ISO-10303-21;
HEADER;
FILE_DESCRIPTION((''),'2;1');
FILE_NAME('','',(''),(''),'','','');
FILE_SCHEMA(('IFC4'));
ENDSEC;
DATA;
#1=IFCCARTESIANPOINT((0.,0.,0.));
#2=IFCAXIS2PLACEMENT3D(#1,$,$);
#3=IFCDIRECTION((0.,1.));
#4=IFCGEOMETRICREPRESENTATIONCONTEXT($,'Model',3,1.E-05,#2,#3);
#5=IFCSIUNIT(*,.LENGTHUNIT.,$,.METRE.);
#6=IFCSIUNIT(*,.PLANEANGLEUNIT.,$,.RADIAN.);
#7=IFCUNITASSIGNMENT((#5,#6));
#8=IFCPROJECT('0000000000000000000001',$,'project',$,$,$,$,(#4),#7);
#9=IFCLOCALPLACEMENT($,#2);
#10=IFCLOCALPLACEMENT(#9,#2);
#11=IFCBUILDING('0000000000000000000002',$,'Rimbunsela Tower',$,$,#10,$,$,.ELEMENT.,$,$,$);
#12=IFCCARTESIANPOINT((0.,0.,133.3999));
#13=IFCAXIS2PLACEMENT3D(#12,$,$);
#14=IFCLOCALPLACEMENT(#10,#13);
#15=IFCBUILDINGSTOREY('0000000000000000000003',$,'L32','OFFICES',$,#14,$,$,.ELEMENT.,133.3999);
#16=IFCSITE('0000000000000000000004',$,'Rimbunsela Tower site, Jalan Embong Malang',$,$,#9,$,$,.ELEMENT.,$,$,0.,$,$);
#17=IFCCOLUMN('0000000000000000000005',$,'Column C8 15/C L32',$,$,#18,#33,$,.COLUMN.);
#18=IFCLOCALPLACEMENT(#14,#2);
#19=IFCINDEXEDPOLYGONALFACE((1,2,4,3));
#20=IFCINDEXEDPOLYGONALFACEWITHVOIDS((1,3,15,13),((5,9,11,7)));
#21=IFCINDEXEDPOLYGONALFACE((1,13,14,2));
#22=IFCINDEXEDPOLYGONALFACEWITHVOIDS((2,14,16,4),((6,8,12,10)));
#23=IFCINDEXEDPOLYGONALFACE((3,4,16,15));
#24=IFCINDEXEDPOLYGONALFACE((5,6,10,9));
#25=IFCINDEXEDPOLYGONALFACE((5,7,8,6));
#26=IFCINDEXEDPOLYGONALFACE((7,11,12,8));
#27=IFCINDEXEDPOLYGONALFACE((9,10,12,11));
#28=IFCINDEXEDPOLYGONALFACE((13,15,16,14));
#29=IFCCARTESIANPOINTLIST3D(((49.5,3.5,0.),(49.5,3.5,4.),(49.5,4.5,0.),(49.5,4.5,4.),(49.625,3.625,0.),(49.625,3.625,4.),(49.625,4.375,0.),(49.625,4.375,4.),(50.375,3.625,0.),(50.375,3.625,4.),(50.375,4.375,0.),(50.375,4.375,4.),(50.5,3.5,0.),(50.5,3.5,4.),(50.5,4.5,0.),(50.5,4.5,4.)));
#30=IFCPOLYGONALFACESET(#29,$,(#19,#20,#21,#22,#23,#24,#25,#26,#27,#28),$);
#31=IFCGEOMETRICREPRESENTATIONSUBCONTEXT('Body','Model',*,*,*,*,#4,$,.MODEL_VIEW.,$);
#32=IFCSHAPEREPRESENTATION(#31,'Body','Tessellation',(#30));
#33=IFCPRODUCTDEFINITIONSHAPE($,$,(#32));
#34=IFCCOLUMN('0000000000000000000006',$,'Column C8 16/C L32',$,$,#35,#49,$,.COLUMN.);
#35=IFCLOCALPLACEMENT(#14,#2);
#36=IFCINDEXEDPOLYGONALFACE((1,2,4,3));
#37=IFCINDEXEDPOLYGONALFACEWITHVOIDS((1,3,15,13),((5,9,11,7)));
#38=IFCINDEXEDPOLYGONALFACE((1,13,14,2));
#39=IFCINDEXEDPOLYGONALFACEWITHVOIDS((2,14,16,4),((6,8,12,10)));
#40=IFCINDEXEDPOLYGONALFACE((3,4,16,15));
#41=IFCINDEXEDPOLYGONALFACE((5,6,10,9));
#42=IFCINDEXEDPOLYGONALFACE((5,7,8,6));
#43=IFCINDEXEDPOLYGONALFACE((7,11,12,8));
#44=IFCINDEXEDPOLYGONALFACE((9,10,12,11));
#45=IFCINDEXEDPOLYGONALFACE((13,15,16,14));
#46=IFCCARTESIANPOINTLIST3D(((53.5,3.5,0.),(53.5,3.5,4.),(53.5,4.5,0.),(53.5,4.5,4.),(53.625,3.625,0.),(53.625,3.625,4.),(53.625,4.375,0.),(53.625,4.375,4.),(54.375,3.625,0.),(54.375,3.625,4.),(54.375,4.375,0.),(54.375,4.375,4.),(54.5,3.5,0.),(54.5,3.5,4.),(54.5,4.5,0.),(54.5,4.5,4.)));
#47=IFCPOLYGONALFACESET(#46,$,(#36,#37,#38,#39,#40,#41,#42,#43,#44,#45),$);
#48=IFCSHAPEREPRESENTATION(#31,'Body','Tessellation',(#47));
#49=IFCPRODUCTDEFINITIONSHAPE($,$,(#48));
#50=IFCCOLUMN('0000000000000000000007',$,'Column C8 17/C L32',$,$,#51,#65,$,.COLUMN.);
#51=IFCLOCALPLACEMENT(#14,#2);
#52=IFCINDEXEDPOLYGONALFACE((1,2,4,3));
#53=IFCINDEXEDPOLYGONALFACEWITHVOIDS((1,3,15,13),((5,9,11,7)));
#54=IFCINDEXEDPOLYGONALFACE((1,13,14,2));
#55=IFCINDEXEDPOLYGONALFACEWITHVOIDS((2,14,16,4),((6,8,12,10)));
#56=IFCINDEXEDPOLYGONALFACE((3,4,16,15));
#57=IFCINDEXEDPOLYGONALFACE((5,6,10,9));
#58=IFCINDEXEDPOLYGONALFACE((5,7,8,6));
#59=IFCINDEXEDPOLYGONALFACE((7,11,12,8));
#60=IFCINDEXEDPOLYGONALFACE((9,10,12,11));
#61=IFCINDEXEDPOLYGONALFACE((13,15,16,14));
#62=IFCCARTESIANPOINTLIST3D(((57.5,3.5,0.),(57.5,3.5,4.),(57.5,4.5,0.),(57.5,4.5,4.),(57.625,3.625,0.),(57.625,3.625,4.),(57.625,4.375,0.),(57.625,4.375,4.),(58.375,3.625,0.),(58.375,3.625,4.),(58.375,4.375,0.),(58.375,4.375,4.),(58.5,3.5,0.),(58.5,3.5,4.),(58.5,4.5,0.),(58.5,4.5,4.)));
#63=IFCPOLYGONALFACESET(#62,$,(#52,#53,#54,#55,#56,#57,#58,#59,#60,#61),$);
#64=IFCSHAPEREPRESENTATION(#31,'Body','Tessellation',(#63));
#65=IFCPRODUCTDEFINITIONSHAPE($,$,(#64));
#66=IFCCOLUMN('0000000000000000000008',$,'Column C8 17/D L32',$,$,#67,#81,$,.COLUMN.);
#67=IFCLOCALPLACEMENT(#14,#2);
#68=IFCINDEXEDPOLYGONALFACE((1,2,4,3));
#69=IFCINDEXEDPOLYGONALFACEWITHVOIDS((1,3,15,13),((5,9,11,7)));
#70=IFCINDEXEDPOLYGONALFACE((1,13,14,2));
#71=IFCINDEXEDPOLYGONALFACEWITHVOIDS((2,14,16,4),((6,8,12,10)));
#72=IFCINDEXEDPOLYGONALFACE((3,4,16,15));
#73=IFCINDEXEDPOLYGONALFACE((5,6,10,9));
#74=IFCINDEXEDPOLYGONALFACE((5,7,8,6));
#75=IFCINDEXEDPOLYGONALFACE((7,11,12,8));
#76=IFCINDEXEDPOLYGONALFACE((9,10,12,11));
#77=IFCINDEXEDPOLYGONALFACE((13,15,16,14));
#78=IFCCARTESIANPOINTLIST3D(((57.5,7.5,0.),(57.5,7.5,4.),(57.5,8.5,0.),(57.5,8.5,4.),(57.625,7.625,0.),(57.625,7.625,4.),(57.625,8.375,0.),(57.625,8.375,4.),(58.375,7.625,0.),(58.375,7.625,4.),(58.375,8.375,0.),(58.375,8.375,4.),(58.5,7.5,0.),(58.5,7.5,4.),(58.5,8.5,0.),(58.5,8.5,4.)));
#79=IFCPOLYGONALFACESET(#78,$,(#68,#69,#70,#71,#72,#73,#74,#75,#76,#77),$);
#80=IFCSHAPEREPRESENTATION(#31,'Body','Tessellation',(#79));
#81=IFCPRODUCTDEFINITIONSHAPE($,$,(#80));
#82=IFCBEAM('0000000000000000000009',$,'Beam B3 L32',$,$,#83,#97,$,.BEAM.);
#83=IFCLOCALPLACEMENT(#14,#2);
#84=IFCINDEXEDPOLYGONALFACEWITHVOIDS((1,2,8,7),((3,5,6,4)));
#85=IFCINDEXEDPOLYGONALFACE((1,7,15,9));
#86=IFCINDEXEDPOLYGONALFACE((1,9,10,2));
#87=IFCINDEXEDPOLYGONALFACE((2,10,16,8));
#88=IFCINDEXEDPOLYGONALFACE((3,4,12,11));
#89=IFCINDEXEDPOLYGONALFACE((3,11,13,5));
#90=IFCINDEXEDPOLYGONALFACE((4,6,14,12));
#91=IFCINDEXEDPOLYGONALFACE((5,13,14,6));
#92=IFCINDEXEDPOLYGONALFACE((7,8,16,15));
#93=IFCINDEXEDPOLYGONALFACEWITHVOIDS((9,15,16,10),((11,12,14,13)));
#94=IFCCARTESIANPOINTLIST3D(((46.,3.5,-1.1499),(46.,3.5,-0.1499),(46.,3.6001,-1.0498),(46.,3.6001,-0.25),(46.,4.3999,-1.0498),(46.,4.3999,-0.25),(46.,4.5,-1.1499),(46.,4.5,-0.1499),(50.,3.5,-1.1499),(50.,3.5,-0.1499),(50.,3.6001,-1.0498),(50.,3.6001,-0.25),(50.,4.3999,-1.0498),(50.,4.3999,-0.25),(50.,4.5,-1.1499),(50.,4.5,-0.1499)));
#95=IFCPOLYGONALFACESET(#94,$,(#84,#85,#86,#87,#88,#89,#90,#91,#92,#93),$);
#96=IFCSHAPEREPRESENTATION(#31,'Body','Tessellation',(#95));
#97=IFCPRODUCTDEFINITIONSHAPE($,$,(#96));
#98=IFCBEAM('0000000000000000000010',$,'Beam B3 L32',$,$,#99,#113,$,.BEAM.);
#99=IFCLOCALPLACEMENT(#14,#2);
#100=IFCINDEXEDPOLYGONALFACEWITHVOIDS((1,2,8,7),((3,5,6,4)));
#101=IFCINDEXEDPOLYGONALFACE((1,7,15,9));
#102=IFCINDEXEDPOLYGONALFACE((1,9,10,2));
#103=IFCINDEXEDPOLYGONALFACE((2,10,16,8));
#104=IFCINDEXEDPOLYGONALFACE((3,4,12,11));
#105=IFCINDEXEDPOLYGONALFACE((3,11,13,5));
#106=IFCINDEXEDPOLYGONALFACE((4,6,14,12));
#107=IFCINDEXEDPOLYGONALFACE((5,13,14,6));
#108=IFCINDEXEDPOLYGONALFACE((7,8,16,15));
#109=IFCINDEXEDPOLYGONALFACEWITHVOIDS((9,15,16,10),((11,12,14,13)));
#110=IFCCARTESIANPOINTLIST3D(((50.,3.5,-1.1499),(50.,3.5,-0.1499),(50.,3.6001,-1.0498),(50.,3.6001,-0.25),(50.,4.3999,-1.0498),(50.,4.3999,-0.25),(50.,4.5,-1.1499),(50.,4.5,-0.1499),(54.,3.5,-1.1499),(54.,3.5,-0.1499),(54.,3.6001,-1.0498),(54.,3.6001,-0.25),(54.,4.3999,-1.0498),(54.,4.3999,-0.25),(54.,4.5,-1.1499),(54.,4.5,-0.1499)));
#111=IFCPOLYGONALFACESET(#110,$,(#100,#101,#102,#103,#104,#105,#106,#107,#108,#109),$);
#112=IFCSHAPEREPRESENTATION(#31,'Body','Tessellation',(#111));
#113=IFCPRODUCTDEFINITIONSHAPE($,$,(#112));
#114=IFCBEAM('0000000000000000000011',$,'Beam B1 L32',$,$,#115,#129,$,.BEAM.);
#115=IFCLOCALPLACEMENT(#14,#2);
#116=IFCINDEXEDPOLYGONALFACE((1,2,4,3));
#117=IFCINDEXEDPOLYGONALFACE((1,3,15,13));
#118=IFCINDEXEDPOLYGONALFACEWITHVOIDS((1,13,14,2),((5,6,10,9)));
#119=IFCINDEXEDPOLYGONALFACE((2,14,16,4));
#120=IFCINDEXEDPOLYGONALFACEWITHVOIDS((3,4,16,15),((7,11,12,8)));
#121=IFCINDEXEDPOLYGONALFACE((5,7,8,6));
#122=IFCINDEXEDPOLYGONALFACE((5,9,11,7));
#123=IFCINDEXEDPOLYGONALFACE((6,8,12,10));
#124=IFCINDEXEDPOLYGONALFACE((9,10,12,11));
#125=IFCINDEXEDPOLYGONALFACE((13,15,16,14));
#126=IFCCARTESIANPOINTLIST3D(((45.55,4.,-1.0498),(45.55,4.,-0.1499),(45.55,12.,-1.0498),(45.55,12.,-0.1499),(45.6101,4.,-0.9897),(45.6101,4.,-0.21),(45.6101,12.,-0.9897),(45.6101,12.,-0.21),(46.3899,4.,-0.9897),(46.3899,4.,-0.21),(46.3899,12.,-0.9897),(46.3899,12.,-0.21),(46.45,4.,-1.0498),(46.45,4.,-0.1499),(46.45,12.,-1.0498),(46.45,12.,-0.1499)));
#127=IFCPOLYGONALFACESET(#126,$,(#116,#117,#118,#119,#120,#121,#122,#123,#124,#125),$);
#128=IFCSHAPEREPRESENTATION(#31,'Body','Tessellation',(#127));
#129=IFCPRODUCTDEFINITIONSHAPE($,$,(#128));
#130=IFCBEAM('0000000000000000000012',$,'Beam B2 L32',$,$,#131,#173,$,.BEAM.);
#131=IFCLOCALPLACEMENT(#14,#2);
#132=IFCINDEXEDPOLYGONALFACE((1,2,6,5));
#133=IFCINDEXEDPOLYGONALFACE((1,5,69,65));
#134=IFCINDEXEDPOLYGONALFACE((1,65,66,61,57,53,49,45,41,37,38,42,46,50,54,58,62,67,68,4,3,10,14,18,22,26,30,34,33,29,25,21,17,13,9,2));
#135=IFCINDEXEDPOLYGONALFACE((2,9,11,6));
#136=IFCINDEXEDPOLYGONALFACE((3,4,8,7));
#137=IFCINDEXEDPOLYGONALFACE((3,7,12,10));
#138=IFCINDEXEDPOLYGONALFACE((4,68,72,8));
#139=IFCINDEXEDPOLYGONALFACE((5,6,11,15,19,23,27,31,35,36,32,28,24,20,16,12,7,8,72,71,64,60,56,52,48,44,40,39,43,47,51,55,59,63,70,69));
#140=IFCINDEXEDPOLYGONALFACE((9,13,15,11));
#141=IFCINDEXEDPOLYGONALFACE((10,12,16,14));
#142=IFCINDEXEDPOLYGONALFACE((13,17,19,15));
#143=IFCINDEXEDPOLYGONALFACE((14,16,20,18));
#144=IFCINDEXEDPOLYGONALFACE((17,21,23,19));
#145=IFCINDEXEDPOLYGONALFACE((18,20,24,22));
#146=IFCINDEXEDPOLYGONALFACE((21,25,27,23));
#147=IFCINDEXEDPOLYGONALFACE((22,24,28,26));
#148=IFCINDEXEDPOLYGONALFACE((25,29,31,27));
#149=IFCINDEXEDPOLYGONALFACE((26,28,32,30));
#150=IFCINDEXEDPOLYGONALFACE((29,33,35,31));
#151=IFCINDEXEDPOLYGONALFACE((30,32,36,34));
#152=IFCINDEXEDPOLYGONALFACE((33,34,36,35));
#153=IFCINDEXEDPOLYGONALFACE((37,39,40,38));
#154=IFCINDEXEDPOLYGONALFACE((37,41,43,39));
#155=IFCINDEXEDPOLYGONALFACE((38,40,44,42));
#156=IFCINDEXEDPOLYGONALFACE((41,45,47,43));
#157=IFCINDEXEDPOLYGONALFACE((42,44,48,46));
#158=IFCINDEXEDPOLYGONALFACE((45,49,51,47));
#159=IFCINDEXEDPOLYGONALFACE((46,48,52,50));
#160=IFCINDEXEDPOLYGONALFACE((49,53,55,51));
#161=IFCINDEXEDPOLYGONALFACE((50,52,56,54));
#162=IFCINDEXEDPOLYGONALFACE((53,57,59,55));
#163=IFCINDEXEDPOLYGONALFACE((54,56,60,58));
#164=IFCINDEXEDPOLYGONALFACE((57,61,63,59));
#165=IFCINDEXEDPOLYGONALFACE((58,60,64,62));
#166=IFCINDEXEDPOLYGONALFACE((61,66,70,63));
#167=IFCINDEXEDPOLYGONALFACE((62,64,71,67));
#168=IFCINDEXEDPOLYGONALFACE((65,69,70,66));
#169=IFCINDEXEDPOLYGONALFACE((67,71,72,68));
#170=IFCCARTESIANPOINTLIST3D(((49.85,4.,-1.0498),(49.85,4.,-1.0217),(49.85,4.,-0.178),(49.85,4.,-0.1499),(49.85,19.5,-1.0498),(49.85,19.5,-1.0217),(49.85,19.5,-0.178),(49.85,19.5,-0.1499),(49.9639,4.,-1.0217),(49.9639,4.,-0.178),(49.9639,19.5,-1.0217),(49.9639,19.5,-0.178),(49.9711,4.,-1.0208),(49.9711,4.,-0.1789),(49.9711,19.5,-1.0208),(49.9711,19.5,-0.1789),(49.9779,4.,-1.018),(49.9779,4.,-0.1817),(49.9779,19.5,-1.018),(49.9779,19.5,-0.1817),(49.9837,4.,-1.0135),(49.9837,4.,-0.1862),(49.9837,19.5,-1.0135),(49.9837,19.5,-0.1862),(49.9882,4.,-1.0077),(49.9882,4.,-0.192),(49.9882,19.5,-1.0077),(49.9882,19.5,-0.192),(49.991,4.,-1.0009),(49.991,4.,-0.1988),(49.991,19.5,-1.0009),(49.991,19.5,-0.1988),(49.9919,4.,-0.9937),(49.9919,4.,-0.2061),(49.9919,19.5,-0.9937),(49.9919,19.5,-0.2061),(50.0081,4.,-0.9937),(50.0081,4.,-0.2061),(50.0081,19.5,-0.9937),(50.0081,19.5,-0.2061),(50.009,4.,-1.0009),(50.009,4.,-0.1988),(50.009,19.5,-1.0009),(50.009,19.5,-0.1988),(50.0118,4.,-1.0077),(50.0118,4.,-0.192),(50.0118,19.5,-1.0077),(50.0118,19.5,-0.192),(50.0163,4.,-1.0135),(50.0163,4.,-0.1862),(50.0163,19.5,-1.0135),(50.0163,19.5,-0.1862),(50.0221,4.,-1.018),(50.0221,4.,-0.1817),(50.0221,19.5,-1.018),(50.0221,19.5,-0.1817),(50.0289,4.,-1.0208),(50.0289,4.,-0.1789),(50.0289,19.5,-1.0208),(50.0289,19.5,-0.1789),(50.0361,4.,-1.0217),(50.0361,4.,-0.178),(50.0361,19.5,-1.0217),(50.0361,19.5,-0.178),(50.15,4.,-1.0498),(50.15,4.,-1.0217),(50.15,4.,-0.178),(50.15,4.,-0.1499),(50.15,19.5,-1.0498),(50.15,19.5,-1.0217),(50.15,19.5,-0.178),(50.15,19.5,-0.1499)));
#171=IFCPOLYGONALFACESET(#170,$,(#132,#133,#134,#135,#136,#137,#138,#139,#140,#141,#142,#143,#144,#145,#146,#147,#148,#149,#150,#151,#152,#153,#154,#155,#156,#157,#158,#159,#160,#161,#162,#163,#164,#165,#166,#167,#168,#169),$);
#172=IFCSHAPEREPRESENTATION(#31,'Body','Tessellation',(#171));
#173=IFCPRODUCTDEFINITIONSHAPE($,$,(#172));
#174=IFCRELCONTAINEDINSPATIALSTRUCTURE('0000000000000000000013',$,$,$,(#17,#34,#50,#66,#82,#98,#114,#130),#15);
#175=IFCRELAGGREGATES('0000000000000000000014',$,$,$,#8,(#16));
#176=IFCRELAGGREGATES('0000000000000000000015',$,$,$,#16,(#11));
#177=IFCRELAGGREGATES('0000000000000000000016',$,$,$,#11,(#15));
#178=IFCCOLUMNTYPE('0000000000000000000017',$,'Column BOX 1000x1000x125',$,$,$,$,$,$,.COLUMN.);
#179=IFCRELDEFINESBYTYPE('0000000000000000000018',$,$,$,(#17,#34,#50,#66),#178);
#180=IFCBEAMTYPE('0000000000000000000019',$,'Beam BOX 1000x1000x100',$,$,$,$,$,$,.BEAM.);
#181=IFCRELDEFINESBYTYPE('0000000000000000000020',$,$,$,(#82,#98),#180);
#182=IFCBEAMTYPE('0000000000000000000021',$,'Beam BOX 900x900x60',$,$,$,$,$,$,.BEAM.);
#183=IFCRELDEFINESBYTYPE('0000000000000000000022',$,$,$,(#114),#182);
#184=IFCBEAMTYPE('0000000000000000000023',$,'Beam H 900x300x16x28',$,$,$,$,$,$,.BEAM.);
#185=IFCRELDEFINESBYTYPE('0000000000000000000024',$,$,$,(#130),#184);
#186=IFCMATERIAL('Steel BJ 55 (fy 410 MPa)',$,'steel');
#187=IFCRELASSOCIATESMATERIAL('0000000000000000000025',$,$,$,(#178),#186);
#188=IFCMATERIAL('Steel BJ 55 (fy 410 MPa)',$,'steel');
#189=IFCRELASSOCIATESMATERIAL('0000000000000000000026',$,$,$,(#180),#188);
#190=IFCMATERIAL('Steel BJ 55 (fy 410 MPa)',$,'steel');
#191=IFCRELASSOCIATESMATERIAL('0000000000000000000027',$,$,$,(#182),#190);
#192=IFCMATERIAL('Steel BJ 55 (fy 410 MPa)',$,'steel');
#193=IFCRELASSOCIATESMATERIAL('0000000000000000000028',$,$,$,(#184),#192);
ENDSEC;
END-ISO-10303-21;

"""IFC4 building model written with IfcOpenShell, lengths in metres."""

from ifc_helpers import new_model, si_unit, direction, frame, origin, origin_2d, place, context, subcontext, project, spatial, hollow_rectangle, i_section, extrude, material, material_profile, profile_set, type_object, element, save


model = new_model("IFC4")

# Units and contexts
model_context = context("Model", 3, precision=1e-05, world=origin(), true_north=direction((0.0, 1.0)))
body_context = subcontext(model_context, "Body", "Model", "MODEL_VIEW")
ifc_project = project(units=[si_unit("LENGTHUNIT", "METRE"), si_unit("PLANEANGLEUNIT", "RADIAN")], contexts=[model_context])

# Site, building, storey
site_placement = place(None, origin())
site = spatial("IfcSite", under=ifc_project, at=site_placement, Name="Rimbunsela Tower site, Jalan Embong Malang", CompositionType="ELEMENT", RefElevation=0.0)
building_placement = place(site_placement, origin())
building = spatial("IfcBuilding", under=site, at=building_placement, Name="Rimbunsela Tower", CompositionType="ELEMENT")
storey_placement = place(building_placement, frame((0.0, 0.0, 133.3999)))
storey = spatial("IfcBuildingStorey", under=building, at=storey_placement, Name="L32", Description="OFFICES", CompositionType="ELEMENT", Elevation=133.3999)

# Columns
ifc_material_1 = material(Name="Steel BJ 55 (fy 410 MPa)", Category="steel")
ifc_material_profile_1 = material_profile(ifc_material_1, hollow_rectangle(XDim=1.0, YDim=1.0, WallThickness=0.125, at=origin_2d()), Name="BOX 1000x1000x125")
ifc_profile_set_1 = profile_set([ifc_material_profile_1], Name="Steel BJ 55 (fy 410 MPa)")
column_type = type_object("IfcColumnType", Name="Column BOX 1000x1000x125", PredefinedType="COLUMN", material=ifc_profile_set_1)
for number, where, z_axis, x_axis, name in (
    (1, (50.0, 4.0, 0.0), (0.0, 0.0, 1.0), (1.0, 0.0, 0.0), "Column C8 15/C L32"),
    (2, (54.0, 4.0, 0.0), (0.0, 0.0, 1.0), (1.0, 0.0, 0.0), "Column C8 16/C L32"),
    (3, (58.0, 4.0, 0.0), (0.0, 0.0, 1.0), (1.0, 0.0, 0.0), "Column C8 17/C L32"),
    (4, (58.0, 8.0, 0.0), (0.0, 0.0, 1.0), (1.0, 0.0, 0.0), "Column C8 17/D L32"),
):
    element("IfcColumn", number, at=place(storey_placement, frame(where, z_axis=z_axis, x_axis=x_axis)), inside=storey, type_object=column_type, Name=name, PredefinedType="COLUMN", context=body_context, shape_type="SweptSolid", body=[
        extrude(hollow_rectangle(XDim=1.0, YDim=1.0, WallThickness=0.125, at=origin_2d()), origin(), (0.0, 0.0, 1.0), 4.0),
    ])

# Beams
ifc_material_2 = material(Name="Steel BJ 55 (fy 410 MPa)", Category="steel")
ifc_material_profile_2 = material_profile(ifc_material_2, hollow_rectangle(XDim=1.0, YDim=1.0, WallThickness=0.1001, at=origin_2d()), Name="BOX 1000x1000x100")
ifc_profile_set_2 = profile_set([ifc_material_profile_2], Name="Steel BJ 55 (fy 410 MPa)")
beam_type_1 = type_object("IfcBeamType", Name="Beam BOX 1000x1000x100", PredefinedType="BEAM", material=ifc_profile_set_2)
for number, where, z_axis, x_axis, name in (
    (5, (46.0, 4.0, -0.6499), (1.0, 0.0, 0.0), (0.0, 1.0, 0.0), "Beam B3 L32"),
    (6, (50.0, 4.0, -0.6499), (1.0, 0.0, 0.0), (0.0, 1.0, 0.0), "Beam B3 L32"),
):
    element("IfcBeam", number, at=place(storey_placement, frame(where, z_axis=z_axis, x_axis=x_axis)), inside=storey, type_object=beam_type_1, Name=name, PredefinedType="BEAM", context=body_context, shape_type="SweptSolid", body=[
        extrude(hollow_rectangle(XDim=1.0, YDim=1.0, WallThickness=0.1001, at=origin_2d()), origin(), (0.0, 0.0, 1.0), 4.0),
    ])
ifc_material_3 = material(Name="Steel BJ 55 (fy 410 MPa)", Category="steel")
ifc_material_profile_3 = material_profile(ifc_material_3, hollow_rectangle(XDim=0.8999, YDim=0.8999, WallThickness=0.0601, at=origin_2d()), Name="BOX 900x900x60")
ifc_profile_set_3 = profile_set([ifc_material_profile_3], Name="Steel BJ 55 (fy 410 MPa)")
beam_type_2 = type_object("IfcBeamType", Name="Beam BOX 900x900x60", PredefinedType="BEAM", material=ifc_profile_set_3)
beam_placement = place(storey_placement, frame((46.0, 4.0, -0.5999), z_axis=(0.0, 1.0, 0.0), x_axis=(-1.0, 0.0, 0.0)))
element("IfcBeam", 7, at=beam_placement, inside=storey, type_object=beam_type_2, Name="Beam B1 L32", PredefinedType="BEAM", context=body_context, shape_type="SweptSolid", body=[
    extrude(hollow_rectangle(XDim=0.8999, YDim=0.8999, WallThickness=0.0601, at=origin_2d()), origin(), (0.0, 0.0, 1.0), 8.0),
])
ifc_material_4 = material(Name="Steel BJ 55 (fy 410 MPa)", Category="steel")
ifc_material_profile_4 = material_profile(ifc_material_4, i_section(OverallWidth=0.3, OverallDepth=0.8999, WebThickness=0.0161, FlangeThickness=0.0281, FilletRadius=0.0281, at=origin_2d()), Name="H 900x300x16x28")
ifc_profile_set_4 = profile_set([ifc_material_profile_4], Name="Steel BJ 55 (fy 410 MPa)")
beam_type_3 = type_object("IfcBeamType", Name="Beam H 900x300x16x28", PredefinedType="BEAM", material=ifc_profile_set_4)
for number, where, z_axis, x_axis, name in (
    (8, (50.0, 4.0, -0.5999), (0.0, 1.0, 0.0), (-1.0, 0.0, 0.0), "Beam B2 L32"),
):
    element("IfcBeam", number, at=place(storey_placement, frame(where, z_axis=z_axis, x_axis=x_axis)), inside=storey, type_object=beam_type_3, Name=name, PredefinedType="BEAM", context=body_context, shape_type="SweptSolid", body=[
        extrude(i_section(OverallWidth=0.3, OverallDepth=0.8999, WebThickness=0.0161, FlangeThickness=0.0281, FilletRadius=0.0281, at=origin_2d()), origin(), (0.0, 0.0, 1.0), 15.5),
    ])

save(model, "model.ifc")
